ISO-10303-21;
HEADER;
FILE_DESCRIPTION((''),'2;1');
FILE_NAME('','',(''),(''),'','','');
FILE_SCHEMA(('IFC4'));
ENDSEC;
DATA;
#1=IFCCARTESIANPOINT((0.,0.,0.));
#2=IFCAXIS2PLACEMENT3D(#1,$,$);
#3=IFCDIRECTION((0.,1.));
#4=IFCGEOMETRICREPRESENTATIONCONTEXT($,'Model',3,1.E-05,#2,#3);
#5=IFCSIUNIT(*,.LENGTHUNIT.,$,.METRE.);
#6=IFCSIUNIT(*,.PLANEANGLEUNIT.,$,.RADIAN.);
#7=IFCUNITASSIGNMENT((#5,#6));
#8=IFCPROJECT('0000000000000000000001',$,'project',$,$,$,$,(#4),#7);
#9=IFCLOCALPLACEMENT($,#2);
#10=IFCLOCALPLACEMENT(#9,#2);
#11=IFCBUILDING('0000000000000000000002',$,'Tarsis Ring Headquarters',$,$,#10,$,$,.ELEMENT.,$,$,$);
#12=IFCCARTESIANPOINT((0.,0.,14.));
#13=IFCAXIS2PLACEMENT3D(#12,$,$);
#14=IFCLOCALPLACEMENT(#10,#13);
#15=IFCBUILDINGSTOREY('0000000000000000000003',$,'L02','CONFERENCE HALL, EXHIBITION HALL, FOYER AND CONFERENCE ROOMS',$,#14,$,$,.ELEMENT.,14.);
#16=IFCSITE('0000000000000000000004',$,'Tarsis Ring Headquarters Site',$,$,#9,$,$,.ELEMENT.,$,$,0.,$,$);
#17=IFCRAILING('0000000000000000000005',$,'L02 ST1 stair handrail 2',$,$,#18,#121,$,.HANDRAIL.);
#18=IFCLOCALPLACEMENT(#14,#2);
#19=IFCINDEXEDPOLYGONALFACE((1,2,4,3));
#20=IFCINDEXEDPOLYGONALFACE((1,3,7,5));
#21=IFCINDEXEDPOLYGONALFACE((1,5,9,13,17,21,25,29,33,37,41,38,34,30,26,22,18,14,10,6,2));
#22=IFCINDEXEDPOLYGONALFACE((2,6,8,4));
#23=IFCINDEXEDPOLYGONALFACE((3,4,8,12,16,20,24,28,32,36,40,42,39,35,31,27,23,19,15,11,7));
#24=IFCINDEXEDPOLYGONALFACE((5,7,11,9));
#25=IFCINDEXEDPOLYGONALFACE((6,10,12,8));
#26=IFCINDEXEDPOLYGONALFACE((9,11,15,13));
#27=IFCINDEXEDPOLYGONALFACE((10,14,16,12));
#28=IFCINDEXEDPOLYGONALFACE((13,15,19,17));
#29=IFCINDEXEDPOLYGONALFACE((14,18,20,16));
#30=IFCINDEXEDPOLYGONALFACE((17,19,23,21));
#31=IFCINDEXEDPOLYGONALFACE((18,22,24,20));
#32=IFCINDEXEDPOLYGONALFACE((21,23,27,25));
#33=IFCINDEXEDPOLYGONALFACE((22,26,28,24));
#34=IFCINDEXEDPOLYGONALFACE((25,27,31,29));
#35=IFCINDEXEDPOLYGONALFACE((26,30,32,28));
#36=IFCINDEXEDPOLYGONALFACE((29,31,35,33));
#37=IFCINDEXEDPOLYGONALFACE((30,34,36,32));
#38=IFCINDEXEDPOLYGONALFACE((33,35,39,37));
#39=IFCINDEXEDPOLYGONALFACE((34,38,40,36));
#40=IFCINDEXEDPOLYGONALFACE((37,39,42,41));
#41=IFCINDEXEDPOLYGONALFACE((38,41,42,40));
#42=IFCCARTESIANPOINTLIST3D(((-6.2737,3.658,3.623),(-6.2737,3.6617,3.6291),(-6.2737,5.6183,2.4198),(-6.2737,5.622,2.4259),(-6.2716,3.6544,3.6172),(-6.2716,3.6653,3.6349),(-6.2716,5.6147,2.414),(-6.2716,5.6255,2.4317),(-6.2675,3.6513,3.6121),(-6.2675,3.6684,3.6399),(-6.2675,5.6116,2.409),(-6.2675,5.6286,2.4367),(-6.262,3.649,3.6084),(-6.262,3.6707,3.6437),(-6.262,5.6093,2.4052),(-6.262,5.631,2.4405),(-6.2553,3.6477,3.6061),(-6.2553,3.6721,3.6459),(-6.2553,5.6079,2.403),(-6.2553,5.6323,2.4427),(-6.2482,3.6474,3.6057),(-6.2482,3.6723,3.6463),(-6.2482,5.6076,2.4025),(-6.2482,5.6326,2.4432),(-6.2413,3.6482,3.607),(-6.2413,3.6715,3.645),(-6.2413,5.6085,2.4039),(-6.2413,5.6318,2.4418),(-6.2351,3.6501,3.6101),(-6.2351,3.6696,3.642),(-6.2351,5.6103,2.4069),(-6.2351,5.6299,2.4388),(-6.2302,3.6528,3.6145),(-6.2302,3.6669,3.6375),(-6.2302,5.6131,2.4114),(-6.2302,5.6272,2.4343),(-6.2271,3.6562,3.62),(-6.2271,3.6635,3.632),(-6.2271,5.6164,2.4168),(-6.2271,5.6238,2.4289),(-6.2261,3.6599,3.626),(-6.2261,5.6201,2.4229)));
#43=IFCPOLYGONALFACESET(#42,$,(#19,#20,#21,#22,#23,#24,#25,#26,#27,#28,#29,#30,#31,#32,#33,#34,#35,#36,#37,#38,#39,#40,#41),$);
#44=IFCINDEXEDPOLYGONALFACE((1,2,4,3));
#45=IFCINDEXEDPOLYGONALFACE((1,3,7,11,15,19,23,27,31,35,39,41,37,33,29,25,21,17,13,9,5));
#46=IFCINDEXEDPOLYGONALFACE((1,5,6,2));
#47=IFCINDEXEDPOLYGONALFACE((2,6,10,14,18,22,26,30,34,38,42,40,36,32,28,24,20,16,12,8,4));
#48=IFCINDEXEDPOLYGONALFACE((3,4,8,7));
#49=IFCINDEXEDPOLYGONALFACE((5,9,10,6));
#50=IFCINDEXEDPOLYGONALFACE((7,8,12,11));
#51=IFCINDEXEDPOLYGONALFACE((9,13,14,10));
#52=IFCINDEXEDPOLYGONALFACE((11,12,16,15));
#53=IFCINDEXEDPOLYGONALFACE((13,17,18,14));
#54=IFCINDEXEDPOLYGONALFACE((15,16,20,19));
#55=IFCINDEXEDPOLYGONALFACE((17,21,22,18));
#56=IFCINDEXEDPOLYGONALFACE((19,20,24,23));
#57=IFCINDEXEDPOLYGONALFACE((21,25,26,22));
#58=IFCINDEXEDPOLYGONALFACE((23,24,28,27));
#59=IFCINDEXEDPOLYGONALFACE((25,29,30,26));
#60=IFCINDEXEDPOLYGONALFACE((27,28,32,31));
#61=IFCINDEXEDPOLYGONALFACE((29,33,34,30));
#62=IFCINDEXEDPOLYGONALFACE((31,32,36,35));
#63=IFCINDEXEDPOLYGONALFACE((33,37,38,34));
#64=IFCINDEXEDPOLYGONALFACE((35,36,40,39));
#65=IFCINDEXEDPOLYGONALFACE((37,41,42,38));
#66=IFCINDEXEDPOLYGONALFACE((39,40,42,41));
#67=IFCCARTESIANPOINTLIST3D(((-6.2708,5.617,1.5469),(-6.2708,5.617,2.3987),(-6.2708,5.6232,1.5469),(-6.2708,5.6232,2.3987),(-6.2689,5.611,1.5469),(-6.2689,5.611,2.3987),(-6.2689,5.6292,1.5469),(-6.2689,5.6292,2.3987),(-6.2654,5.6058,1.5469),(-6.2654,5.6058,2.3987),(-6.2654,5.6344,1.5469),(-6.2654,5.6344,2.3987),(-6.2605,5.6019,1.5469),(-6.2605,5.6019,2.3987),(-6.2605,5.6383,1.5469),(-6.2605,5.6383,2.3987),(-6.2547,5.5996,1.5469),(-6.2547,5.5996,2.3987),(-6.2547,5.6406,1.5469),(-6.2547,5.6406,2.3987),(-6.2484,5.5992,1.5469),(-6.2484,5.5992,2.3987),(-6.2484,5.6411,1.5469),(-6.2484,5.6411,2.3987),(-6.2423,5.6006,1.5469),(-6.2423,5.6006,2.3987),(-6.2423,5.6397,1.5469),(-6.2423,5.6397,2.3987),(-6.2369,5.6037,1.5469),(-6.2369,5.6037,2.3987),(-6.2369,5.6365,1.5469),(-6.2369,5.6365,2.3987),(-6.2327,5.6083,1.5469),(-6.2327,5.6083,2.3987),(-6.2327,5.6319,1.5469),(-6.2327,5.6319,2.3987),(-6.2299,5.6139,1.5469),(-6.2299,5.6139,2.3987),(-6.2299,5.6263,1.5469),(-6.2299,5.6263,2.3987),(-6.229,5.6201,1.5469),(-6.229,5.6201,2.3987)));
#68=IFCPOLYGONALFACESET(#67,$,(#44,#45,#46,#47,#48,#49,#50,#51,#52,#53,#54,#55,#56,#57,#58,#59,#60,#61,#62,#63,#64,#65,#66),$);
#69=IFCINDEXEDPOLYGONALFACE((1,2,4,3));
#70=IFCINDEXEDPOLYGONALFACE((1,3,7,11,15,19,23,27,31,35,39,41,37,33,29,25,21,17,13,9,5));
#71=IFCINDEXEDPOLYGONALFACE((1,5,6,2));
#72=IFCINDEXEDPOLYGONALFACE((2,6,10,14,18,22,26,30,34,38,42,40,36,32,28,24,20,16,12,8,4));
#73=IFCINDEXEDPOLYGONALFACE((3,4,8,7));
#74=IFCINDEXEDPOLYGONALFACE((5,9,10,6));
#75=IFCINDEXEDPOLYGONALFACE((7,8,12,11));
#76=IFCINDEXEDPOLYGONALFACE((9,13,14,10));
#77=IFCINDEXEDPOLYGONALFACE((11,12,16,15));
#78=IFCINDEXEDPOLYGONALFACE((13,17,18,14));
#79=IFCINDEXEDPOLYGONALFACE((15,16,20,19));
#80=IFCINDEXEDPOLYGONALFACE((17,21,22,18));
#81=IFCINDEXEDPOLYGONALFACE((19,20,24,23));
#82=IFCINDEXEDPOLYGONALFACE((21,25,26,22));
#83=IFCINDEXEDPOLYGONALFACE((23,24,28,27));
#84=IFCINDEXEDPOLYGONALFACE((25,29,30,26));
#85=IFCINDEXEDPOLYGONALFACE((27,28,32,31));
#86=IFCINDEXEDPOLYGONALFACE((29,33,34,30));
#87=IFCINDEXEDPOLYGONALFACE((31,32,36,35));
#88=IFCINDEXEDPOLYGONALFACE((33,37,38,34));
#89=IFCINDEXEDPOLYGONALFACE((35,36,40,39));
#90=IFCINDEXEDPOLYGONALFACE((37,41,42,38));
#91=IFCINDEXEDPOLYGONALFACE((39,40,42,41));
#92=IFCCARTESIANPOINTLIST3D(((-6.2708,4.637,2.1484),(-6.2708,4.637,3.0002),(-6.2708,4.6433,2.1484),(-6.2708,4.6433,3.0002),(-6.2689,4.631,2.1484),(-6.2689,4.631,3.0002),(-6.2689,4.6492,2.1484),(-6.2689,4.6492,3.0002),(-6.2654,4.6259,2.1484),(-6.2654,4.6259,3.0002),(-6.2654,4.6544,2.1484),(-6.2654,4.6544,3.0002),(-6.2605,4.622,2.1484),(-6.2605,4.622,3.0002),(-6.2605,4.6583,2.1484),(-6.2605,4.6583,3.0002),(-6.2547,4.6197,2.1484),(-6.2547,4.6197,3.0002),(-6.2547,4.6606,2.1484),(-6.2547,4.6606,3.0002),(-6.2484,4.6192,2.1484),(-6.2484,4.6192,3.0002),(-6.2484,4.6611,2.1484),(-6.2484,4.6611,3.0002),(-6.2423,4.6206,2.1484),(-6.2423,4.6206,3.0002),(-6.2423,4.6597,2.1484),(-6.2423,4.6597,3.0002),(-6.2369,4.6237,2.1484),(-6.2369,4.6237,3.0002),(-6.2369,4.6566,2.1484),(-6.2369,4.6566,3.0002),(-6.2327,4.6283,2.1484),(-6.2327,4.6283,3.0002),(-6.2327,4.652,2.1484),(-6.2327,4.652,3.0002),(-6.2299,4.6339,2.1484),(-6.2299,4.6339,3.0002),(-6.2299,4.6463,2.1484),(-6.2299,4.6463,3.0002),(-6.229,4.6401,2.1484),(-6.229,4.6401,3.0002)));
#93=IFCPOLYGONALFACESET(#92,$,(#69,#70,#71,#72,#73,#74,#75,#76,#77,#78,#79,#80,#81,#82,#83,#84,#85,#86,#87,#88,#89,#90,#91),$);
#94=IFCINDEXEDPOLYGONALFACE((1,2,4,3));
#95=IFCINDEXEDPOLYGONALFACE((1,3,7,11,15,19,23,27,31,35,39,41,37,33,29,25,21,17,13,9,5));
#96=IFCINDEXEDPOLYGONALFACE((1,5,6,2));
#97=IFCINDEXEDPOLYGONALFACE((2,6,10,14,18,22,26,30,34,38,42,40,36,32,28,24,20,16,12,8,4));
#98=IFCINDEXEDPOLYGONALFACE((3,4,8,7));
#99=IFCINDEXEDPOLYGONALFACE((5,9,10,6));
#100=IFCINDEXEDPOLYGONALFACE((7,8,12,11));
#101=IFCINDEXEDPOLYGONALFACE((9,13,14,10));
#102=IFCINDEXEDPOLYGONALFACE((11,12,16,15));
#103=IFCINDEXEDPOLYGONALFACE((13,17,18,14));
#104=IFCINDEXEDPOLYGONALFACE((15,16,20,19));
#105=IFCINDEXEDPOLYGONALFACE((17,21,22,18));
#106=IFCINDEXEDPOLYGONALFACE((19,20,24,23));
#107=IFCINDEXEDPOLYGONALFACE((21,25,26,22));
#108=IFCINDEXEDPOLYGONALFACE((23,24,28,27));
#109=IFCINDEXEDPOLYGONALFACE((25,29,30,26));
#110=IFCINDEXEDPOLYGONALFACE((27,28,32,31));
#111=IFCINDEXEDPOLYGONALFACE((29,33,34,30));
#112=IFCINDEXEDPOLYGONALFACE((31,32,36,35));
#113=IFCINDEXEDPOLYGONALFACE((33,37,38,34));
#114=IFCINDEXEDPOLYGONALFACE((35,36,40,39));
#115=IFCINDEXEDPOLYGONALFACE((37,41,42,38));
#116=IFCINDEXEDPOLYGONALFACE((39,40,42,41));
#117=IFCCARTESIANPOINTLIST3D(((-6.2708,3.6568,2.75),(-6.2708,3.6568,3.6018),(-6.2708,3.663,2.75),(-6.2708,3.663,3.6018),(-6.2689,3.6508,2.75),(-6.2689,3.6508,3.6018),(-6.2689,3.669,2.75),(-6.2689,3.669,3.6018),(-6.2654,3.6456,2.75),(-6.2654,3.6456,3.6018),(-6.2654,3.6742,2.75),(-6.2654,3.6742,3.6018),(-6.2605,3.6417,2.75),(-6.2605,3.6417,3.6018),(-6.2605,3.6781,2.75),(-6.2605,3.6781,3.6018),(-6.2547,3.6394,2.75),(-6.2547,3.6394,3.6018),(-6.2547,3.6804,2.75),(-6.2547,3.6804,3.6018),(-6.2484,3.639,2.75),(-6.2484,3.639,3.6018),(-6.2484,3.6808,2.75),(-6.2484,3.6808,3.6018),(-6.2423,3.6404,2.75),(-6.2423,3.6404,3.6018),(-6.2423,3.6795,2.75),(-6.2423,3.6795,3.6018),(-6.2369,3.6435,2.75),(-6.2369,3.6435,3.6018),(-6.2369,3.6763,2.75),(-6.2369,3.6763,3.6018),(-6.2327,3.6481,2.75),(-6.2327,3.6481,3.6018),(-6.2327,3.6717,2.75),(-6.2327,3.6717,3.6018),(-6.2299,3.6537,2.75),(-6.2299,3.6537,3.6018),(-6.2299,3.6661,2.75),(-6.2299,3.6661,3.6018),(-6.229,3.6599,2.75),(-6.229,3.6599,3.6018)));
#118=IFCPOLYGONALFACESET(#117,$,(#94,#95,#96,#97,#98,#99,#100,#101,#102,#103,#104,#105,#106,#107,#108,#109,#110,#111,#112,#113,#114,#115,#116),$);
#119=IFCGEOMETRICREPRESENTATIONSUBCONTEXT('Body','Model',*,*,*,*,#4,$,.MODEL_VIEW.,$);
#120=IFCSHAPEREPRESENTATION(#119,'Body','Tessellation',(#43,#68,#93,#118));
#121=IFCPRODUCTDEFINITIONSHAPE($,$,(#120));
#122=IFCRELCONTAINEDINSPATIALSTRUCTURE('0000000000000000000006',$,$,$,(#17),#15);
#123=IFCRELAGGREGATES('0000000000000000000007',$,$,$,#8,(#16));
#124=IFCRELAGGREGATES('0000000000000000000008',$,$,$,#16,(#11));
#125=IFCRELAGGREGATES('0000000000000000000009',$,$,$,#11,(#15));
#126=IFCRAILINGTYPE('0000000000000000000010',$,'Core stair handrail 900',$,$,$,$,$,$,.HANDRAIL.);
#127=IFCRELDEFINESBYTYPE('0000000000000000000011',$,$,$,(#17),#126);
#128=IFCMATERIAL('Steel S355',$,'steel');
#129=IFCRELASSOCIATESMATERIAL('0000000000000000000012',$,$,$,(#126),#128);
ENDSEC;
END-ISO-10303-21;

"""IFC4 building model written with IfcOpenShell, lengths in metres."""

from ifc_helpers import new_model, si_unit, direction, frame, origin, origin_2d, place, context, subcontext, project, spatial, circle, extrude, material, type_object, element, save


model = new_model("IFC4")

# Units and contexts
model_context = context("Model", 3, precision=1e-05, world=origin(), true_north=direction((0.0, 1.0)))
body_context = subcontext(model_context, "Body", "Model", "MODEL_VIEW")
ifc_project = project(units=[si_unit("LENGTHUNIT", "METRE"), si_unit("PLANEANGLEUNIT", "RADIAN")], contexts=[model_context])

# Site, building, storey
site_placement = place(None, origin())
site = spatial("IfcSite", under=ifc_project, at=site_placement, Name="Tarsis Ring Headquarters Site", CompositionType="ELEMENT", RefElevation=0.0)
building_placement = place(site_placement, origin())
building = spatial("IfcBuilding", under=site, at=building_placement, Name="Tarsis Ring Headquarters", CompositionType="ELEMENT")
storey_placement = place(building_placement, frame((0.0, 0.0, 14.0)))
storey = spatial("IfcBuildingStorey", under=building, at=storey_placement, Name="L02", Description="CONFERENCE HALL, EXHIBITION HALL, FOYER AND CONFERENCE ROOMS", CompositionType="ELEMENT", Elevation=14.0)

# Shared definitions
ifc_material_1 = material(Name="Steel S355", Category="steel")

# Railing
railing_type_1 = type_object("IfcRailingType", Name="Core stair handrail 900", PredefinedType="HANDRAIL", material=ifc_material_1)
railing_1_placement = place(storey_placement, frame((-6.25, 5.6201, 1.5469)))
element("IfcRailing", 1, at=railing_1_placement, inside=storey, type_object=railing_type_1, Name="L02 ST1 stair handrail 2", PredefinedType="HANDRAIL", context=body_context, shape_type="SweptSolid", body=[
    extrude(circle(Radius=0.0239, at=origin_2d()), frame((0.0, 0.0, 0.876), z_axis=(0.0, -0.85227, 0.523102), x_axis=(1.0, 0.0, 0.0)), (0.0, 0.0, 1.0), 2.3),
    extrude(circle(Radius=0.021, at=origin_2d()), origin(), (0.0, 0.0, 1.0), 0.8518),
    extrude(circle(Radius=0.021, at=origin_2d()), frame((0.0, -0.98, 0.6016)), (0.0, 0.0, 1.0), 0.8518),
    extrude(circle(Radius=0.021, at=origin_2d()), frame((0.0, -1.9602, 1.2031)), (0.0, 0.0, 1.0), 0.8518),
])

save(model, "model.ifc")
